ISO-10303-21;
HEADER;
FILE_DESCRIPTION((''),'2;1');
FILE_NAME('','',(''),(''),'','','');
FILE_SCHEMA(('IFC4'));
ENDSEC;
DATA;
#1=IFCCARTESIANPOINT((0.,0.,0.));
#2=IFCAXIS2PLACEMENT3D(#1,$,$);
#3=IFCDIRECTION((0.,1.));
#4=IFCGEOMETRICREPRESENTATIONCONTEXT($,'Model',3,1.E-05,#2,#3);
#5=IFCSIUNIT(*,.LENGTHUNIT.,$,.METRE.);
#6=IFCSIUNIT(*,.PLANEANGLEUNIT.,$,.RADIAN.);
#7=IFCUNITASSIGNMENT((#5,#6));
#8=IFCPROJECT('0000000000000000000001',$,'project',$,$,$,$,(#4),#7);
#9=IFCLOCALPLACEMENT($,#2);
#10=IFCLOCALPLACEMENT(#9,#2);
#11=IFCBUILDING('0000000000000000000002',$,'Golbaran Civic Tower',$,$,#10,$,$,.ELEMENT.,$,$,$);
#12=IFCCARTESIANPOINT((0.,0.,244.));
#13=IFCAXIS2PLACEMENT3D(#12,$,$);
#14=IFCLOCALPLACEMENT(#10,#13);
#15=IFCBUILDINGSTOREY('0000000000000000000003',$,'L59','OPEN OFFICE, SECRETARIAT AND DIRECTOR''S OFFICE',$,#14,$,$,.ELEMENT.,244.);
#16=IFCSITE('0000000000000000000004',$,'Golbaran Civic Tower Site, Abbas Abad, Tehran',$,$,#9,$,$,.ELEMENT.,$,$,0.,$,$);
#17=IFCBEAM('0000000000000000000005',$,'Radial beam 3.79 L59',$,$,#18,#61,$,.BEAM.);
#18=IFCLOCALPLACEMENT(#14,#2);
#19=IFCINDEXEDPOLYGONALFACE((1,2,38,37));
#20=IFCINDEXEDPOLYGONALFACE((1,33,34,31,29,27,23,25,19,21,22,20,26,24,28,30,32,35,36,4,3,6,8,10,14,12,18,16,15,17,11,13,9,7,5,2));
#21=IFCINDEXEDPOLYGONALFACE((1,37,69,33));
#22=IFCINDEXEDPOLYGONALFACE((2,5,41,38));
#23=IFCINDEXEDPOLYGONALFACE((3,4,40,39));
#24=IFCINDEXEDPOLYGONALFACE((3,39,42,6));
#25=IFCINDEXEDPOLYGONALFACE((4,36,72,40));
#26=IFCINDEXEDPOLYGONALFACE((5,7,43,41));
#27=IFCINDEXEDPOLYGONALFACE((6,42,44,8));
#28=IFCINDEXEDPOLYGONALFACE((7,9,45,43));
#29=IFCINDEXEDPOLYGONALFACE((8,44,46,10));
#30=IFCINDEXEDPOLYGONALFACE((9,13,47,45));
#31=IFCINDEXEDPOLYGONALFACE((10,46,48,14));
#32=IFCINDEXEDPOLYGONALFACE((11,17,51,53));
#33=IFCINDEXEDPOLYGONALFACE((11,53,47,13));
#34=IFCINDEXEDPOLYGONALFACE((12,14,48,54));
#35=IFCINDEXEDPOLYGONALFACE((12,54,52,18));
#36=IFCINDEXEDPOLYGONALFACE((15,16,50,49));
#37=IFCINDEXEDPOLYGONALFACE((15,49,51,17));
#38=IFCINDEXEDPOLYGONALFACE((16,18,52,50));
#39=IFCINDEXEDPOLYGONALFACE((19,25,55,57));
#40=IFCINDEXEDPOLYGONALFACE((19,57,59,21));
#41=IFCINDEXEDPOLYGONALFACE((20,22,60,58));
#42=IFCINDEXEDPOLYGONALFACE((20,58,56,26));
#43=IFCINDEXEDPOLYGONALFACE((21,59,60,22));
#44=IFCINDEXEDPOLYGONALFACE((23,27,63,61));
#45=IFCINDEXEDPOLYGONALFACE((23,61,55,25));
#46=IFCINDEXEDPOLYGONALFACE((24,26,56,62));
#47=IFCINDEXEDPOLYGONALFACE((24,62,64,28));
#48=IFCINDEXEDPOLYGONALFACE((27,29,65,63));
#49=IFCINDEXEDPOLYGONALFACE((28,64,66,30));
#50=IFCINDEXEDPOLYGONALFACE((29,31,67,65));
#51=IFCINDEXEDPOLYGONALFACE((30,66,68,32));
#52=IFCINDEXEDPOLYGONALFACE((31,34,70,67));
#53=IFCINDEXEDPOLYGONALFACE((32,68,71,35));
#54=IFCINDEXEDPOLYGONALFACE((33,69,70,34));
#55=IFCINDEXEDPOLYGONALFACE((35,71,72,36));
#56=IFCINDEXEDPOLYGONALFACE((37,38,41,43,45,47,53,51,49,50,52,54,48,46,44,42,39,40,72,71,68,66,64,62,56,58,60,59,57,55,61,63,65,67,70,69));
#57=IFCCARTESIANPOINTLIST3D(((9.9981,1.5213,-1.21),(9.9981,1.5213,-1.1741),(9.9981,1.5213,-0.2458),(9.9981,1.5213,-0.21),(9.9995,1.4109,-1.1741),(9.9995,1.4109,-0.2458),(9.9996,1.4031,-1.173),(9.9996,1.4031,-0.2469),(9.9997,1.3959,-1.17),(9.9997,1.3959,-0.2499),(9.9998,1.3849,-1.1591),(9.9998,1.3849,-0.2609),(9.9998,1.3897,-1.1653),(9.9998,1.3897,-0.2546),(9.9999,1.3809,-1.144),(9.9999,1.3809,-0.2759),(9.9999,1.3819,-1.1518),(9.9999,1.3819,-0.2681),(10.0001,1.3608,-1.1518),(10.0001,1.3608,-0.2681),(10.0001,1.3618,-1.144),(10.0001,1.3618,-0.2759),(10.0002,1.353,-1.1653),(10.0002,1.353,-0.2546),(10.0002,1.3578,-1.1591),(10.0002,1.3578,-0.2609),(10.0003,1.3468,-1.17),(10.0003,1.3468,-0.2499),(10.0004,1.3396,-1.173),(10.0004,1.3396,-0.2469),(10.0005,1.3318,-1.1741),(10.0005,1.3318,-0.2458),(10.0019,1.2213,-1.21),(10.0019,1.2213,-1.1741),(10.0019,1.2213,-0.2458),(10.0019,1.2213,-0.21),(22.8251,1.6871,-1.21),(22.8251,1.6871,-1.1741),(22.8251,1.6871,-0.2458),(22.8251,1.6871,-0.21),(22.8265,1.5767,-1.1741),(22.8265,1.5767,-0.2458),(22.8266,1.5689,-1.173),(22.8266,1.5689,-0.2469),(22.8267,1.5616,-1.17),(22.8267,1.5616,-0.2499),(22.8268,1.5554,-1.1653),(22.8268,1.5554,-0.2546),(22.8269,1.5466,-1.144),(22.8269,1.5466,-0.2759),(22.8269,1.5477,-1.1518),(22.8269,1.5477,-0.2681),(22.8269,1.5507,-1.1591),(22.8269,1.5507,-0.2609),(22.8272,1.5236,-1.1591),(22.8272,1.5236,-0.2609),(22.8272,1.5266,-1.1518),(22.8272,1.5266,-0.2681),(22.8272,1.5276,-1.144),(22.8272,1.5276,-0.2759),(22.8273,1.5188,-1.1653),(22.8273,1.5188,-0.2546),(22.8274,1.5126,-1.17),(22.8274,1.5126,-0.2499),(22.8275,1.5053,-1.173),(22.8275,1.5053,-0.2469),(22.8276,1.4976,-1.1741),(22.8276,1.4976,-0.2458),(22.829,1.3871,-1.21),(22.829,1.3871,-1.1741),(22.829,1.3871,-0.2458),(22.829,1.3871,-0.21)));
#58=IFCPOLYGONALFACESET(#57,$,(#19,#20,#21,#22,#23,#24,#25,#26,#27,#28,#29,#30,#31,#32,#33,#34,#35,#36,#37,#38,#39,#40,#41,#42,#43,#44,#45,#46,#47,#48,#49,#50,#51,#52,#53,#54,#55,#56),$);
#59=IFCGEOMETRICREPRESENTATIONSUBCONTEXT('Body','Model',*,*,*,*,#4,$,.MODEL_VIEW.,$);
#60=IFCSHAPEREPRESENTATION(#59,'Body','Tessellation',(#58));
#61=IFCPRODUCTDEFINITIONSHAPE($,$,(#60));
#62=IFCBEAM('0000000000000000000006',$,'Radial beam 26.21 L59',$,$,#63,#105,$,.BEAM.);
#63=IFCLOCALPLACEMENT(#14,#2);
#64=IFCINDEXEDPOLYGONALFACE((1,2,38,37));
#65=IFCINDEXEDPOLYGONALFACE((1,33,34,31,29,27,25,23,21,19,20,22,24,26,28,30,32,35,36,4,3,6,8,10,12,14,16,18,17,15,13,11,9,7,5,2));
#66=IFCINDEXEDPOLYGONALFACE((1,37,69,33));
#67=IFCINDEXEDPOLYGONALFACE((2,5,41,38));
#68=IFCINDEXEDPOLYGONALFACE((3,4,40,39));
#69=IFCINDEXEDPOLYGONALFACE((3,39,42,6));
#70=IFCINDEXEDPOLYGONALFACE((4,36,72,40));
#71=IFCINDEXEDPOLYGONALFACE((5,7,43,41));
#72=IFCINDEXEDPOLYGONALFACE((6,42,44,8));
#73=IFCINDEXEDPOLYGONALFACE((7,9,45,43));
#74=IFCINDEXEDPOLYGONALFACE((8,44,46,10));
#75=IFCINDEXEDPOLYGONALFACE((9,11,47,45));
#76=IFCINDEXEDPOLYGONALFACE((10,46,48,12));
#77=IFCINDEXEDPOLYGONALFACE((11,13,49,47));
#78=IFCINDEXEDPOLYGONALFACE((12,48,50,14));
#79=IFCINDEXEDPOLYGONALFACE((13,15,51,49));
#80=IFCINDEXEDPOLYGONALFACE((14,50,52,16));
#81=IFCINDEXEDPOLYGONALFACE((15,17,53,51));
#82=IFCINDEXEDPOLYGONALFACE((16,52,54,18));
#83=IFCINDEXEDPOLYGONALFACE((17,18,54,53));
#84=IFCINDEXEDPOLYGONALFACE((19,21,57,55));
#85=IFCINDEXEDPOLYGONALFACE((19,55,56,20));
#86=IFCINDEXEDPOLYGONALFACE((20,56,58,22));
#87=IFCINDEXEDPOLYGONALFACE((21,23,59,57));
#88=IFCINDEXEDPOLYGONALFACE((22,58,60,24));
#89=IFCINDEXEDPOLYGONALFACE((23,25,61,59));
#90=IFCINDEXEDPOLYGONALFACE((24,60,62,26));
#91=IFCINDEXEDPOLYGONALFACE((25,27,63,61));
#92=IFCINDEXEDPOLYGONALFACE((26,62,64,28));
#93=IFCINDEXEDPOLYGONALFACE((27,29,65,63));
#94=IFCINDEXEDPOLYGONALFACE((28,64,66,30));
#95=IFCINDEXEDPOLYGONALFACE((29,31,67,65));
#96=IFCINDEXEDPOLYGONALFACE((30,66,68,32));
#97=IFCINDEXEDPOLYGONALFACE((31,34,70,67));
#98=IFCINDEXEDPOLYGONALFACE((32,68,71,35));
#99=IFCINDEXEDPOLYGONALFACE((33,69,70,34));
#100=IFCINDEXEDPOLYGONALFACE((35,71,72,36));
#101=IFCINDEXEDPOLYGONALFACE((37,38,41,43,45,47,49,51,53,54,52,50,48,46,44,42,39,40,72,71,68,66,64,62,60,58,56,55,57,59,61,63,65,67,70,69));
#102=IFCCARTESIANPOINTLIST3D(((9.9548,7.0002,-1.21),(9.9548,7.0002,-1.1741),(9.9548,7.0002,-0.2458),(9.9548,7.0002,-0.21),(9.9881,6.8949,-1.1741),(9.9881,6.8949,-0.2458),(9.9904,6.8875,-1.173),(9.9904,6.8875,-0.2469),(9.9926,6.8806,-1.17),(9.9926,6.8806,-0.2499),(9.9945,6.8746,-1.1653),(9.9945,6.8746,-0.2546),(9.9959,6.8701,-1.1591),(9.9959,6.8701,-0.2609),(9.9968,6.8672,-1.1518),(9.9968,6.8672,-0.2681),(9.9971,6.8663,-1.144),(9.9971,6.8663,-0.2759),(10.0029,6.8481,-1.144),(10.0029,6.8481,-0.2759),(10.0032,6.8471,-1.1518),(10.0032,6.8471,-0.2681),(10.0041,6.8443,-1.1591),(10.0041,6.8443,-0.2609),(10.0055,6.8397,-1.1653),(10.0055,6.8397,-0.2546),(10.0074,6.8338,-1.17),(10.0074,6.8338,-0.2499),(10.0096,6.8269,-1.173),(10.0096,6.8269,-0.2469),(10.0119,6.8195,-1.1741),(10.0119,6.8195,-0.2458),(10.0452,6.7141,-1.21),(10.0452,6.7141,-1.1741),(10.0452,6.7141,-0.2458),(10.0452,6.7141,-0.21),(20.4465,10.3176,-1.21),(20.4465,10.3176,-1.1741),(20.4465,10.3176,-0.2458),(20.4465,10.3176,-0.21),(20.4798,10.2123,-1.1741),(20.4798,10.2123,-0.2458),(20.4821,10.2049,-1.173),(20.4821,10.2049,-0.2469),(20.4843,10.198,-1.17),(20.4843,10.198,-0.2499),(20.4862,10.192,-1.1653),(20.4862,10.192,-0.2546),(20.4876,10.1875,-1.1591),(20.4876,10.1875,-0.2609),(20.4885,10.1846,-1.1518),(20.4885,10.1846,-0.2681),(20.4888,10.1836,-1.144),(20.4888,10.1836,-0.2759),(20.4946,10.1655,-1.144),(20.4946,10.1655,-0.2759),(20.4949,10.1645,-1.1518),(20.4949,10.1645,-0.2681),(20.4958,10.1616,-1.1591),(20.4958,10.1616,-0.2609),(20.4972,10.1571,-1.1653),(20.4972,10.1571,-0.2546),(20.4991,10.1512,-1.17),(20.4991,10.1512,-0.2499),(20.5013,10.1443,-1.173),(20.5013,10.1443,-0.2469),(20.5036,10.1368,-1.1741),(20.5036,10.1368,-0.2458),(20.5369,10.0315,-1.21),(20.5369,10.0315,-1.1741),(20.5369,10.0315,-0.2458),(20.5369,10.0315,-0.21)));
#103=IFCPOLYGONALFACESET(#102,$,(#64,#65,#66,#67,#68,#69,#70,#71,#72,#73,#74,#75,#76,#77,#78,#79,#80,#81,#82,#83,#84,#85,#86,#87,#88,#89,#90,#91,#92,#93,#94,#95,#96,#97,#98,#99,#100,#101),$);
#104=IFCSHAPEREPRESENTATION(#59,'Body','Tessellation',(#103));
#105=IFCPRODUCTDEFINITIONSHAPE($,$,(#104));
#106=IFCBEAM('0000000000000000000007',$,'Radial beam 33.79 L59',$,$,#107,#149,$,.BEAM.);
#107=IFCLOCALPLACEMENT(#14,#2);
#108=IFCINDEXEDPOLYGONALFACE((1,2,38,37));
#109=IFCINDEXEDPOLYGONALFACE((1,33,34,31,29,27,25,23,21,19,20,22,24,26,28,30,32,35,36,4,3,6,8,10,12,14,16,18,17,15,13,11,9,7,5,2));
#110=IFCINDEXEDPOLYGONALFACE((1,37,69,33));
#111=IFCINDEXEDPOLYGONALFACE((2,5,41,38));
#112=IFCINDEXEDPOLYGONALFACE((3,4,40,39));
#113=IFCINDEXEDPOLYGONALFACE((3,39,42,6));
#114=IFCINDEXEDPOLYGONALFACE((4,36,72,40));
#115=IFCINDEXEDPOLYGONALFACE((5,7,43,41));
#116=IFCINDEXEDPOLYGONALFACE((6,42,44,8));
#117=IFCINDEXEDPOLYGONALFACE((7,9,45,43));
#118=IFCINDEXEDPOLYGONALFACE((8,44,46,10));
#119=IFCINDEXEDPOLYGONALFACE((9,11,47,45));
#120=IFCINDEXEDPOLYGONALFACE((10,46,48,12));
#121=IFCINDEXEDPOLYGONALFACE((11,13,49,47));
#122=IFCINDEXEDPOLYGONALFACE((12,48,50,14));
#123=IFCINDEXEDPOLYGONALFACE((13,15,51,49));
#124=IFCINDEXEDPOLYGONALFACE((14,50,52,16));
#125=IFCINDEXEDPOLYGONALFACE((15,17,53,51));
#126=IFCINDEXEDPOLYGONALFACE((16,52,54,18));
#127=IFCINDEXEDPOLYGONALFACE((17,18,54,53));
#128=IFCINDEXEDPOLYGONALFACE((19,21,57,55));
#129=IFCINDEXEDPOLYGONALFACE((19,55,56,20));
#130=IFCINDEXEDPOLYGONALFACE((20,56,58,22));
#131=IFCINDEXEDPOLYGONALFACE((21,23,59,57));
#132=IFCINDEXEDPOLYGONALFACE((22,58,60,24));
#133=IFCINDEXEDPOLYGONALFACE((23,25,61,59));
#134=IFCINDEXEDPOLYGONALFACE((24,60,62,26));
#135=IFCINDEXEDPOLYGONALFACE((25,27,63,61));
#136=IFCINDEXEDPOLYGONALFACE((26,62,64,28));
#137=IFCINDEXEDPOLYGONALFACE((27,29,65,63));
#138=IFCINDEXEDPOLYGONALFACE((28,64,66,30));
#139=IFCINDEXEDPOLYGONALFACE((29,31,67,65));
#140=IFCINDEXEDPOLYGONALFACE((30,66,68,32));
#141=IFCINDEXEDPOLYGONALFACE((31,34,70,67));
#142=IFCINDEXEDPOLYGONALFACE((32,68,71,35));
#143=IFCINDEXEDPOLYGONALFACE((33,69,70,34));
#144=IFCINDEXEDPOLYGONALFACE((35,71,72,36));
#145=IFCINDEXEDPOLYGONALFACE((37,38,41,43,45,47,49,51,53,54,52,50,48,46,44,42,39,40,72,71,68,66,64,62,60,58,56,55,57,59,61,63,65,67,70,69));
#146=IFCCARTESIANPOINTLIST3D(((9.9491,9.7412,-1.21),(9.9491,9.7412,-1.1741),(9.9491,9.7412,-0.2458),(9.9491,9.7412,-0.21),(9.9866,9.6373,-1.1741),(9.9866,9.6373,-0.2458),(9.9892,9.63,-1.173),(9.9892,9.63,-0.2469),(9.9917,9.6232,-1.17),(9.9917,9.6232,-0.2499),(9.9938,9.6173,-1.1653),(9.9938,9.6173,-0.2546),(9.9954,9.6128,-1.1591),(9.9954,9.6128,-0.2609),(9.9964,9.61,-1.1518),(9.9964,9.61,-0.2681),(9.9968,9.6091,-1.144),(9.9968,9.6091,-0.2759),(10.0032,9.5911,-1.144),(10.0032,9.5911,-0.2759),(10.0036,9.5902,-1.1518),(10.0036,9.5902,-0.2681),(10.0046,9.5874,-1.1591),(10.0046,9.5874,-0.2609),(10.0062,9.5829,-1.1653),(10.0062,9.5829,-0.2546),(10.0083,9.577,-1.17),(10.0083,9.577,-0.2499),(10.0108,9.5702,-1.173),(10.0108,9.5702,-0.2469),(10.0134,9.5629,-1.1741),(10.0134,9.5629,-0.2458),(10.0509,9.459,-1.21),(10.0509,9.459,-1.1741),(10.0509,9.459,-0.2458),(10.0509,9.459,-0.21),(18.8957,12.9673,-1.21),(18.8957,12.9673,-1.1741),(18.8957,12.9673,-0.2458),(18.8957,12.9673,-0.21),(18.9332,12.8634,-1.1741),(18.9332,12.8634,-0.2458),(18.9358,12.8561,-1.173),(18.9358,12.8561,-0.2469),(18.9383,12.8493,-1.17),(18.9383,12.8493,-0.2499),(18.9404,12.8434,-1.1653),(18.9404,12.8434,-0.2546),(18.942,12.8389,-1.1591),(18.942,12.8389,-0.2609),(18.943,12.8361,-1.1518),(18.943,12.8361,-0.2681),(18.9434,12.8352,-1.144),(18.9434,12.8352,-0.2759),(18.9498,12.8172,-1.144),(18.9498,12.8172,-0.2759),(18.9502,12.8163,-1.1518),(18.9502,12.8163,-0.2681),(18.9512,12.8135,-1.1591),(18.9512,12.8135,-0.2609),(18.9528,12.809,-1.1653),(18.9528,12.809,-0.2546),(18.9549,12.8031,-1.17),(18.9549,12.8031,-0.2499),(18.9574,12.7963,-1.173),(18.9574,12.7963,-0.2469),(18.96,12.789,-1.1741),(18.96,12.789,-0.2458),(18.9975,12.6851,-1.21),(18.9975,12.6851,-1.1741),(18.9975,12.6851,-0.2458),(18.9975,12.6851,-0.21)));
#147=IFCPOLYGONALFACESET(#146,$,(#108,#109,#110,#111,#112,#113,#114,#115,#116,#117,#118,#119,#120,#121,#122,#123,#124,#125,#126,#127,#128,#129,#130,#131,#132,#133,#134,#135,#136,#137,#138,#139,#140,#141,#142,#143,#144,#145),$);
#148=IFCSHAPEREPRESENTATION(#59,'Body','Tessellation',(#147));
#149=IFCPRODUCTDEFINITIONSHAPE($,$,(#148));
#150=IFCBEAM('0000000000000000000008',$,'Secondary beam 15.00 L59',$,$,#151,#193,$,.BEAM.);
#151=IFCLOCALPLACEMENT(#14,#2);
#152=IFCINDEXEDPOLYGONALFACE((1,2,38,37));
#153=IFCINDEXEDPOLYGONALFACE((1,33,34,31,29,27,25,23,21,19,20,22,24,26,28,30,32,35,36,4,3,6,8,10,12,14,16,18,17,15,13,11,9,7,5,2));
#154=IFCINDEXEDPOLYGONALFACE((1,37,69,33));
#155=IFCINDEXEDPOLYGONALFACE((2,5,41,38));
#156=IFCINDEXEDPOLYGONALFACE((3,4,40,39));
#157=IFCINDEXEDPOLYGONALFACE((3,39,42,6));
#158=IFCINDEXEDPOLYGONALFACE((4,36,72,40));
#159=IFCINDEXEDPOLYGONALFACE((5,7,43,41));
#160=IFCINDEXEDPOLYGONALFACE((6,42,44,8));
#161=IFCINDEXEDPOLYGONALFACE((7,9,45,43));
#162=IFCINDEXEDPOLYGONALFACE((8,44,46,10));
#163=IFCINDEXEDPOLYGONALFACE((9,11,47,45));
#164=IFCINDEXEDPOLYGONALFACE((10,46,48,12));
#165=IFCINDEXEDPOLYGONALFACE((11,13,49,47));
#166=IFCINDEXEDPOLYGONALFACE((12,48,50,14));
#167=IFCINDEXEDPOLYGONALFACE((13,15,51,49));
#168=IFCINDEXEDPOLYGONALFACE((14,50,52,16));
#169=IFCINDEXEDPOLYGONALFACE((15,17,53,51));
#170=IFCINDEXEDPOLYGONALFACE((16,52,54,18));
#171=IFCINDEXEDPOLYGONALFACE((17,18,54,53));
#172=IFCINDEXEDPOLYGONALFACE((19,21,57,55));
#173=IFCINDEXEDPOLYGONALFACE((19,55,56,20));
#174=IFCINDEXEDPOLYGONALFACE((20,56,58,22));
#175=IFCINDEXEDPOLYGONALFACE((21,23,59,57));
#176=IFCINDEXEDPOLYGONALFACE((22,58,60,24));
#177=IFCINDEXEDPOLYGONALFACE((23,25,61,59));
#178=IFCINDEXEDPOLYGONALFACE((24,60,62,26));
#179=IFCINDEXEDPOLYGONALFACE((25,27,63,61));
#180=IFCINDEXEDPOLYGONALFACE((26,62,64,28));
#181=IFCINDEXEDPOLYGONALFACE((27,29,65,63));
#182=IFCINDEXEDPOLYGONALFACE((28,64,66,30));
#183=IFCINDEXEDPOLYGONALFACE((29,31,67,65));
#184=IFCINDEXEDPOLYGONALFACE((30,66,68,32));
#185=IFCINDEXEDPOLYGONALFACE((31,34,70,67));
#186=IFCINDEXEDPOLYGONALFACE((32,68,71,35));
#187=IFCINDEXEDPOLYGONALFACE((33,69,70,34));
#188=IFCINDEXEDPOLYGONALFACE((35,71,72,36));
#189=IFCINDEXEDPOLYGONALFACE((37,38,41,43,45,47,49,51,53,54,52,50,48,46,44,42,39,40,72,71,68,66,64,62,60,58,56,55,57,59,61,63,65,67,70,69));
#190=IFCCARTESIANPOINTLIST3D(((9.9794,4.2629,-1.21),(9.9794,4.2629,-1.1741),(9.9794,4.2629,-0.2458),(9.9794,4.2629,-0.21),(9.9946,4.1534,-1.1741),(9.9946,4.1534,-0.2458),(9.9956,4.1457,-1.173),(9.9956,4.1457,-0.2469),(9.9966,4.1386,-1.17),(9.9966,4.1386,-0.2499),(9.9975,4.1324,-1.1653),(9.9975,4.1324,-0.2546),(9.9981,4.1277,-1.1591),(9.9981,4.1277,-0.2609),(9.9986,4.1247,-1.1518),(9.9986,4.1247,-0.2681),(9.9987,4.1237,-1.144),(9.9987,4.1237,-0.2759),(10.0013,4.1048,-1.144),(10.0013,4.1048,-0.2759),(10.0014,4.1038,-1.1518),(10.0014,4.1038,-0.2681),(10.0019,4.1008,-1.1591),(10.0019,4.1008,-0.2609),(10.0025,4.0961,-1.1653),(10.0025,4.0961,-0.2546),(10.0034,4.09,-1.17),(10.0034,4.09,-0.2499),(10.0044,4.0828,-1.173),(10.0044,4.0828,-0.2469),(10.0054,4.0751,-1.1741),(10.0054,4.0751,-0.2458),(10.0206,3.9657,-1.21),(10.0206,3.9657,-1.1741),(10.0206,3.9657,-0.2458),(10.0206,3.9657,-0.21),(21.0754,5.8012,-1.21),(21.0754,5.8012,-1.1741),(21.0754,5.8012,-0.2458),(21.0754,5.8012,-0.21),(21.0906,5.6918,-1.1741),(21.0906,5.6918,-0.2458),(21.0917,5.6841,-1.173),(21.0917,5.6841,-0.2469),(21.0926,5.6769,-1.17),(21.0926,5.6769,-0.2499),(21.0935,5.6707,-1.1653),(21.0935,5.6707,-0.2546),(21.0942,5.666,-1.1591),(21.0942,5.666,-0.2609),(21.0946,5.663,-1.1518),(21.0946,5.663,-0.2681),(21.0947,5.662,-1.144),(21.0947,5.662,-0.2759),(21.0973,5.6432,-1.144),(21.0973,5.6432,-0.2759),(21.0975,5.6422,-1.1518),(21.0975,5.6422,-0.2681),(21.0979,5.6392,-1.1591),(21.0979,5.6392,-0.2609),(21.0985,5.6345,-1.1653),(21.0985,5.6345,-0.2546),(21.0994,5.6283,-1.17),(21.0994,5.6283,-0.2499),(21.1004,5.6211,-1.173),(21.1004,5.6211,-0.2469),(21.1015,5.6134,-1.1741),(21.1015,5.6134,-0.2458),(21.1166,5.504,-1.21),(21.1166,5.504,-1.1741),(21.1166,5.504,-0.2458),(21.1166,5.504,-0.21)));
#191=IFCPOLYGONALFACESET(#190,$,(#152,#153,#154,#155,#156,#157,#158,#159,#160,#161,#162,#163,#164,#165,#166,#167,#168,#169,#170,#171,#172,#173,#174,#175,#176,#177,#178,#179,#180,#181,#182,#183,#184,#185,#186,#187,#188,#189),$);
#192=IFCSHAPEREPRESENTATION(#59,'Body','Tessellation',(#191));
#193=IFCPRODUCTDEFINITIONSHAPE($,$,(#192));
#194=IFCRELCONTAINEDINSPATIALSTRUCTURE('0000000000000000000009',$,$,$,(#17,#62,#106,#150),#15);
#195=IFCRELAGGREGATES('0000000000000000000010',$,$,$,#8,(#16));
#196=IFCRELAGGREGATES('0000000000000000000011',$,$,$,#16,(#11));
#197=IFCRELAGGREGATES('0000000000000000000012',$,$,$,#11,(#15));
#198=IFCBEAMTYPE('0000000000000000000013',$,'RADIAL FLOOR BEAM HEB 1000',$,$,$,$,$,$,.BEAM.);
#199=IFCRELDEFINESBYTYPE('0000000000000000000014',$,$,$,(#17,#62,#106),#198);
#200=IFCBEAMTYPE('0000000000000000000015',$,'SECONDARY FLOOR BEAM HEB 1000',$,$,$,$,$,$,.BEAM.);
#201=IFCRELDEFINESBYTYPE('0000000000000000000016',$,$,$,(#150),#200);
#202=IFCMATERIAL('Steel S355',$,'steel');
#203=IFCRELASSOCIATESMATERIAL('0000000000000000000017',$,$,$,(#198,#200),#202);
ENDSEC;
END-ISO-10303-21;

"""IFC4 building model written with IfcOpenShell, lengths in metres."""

from ifc_helpers import new_model, si_unit, direction, frame, origin, origin_2d, place, context, subcontext, project, spatial, i_section, extrude, material, material_profile, profile_set, type_object, element, save


model = new_model("IFC4")

# Units and contexts
model_context = context("Model", 3, precision=1e-05, world=origin(), true_north=direction((0.0, 1.0)))
body_context = subcontext(model_context, "Body", "Model", "MODEL_VIEW")
ifc_project = project(units=[si_unit("LENGTHUNIT", "METRE"), si_unit("PLANEANGLEUNIT", "RADIAN")], contexts=[model_context])

# Site, building, storey
site_placement = place(None, origin())
site = spatial("IfcSite", under=ifc_project, at=site_placement, Name="Golbaran Civic Tower Site, Abbas Abad, Tehran", CompositionType="ELEMENT", RefElevation=0.0)
building_placement = place(site_placement, origin())
building = spatial("IfcBuilding", under=site, at=building_placement, Name="Golbaran Civic Tower", CompositionType="ELEMENT")
storey_placement = place(building_placement, frame((0.0, 0.0, 244.0)))
storey = spatial("IfcBuildingStorey", under=building, at=storey_placement, Name="L59", Description="OPEN OFFICE, SECRETARIAT AND DIRECTOR'S OFFICE", CompositionType="ELEMENT", Elevation=244.0)

# Beams
ifc_material_1 = material(Name="Steel S355", Category="steel")
ifc_material_profile_1 = material_profile(ifc_material_1, i_section(OverallWidth=0.3, OverallDepth=1.0, WebThickness=0.019, FlangeThickness=0.0359, FilletRadius=0.03, at=origin_2d()), Name="HEB 1000")
ifc_profile_set_1 = profile_set([ifc_material_profile_1], Name="Steel S355")
beam_type_1 = type_object("IfcBeamType", Name="RADIAL FLOOR BEAM HEB 1000", PredefinedType="BEAM", material=ifc_profile_set_1)
beam_1_placement = place(storey_placement, frame((10.0, 1.3713, -0.71), z_axis=(0.999917, 0.012922, 0.0), x_axis=(-0.012922, 0.999917, 0.0)))
element("IfcBeam", 1, at=beam_1_placement, inside=storey, type_object=beam_type_1, Name="Radial beam 3.79 L59", PredefinedType="BEAM", context=body_context, shape_type="SweptSolid", body=[
    extrude(i_section(OverallWidth=0.3, OverallDepth=1.0, WebThickness=0.019, FlangeThickness=0.0359, FilletRadius=0.03, at=origin_2d()), origin(), (0.0, 0.0, 1.0), 12.8281),
])
beam_2_placement = place(storey_placement, frame((10.0, 6.8572, -0.71), z_axis=(0.953473, 0.30148, 0.0), x_axis=(-0.30148, 0.953473, 0.0)))
element("IfcBeam", 2, at=beam_2_placement, inside=storey, type_object=beam_type_1, Name="Radial beam 26.21 L59", PredefinedType="BEAM", context=body_context, shape_type="SweptSolid", body=[
    extrude(i_section(OverallWidth=0.3, OverallDepth=1.0, WebThickness=0.019, FlangeThickness=0.0359, FilletRadius=0.03, at=origin_2d()), origin(), (0.0, 0.0, 1.0), 11.0037),
])
beam_3_placement = place(storey_placement, frame((10.0, 9.6001, -0.71), z_axis=(0.940709, 0.339215, 0.0), x_axis=(-0.339215, 0.940709, 0.0)))
element("IfcBeam", 3, at=beam_3_placement, inside=storey, type_object=beam_type_1, Name="Radial beam 33.79 L59", PredefinedType="BEAM", context=body_context, shape_type="SweptSolid", body=[
    extrude(i_section(OverallWidth=0.3, OverallDepth=1.0, WebThickness=0.019, FlangeThickness=0.0359, FilletRadius=0.03, at=origin_2d()), origin(), (0.0, 0.0, 1.0), 9.5105),
])
ifc_material_profile_2 = material_profile(ifc_material_1, i_section(OverallWidth=0.3, OverallDepth=1.0, WebThickness=0.019, FlangeThickness=0.0359, FilletRadius=0.03, at=origin_2d()), Name="HEB 1000")
ifc_profile_set_2 = profile_set([ifc_material_profile_2], Name="Steel S355")
beam_type_2 = type_object("IfcBeamType", Name="SECONDARY FLOOR BEAM HEB 1000", PredefinedType="BEAM", material=ifc_profile_set_2)
beam_4_placement = place(storey_placement, frame((10.0, 4.1143, -0.71), z_axis=(0.990526, 0.137325, 0.0), x_axis=(-0.137325, 0.990526, 0.0)))
element("IfcBeam", 4, at=beam_4_placement, inside=storey, type_object=beam_type_2, Name="Secondary beam 15.00 L59", PredefinedType="BEAM", context=body_context, shape_type="SweptSolid", body=[
    extrude(i_section(OverallWidth=0.3, OverallDepth=1.0, WebThickness=0.019, FlangeThickness=0.0359, FilletRadius=0.03, at=origin_2d()), origin(), (0.0, 0.0, 1.0), 11.2021),
])

save(model, "model.ifc")
